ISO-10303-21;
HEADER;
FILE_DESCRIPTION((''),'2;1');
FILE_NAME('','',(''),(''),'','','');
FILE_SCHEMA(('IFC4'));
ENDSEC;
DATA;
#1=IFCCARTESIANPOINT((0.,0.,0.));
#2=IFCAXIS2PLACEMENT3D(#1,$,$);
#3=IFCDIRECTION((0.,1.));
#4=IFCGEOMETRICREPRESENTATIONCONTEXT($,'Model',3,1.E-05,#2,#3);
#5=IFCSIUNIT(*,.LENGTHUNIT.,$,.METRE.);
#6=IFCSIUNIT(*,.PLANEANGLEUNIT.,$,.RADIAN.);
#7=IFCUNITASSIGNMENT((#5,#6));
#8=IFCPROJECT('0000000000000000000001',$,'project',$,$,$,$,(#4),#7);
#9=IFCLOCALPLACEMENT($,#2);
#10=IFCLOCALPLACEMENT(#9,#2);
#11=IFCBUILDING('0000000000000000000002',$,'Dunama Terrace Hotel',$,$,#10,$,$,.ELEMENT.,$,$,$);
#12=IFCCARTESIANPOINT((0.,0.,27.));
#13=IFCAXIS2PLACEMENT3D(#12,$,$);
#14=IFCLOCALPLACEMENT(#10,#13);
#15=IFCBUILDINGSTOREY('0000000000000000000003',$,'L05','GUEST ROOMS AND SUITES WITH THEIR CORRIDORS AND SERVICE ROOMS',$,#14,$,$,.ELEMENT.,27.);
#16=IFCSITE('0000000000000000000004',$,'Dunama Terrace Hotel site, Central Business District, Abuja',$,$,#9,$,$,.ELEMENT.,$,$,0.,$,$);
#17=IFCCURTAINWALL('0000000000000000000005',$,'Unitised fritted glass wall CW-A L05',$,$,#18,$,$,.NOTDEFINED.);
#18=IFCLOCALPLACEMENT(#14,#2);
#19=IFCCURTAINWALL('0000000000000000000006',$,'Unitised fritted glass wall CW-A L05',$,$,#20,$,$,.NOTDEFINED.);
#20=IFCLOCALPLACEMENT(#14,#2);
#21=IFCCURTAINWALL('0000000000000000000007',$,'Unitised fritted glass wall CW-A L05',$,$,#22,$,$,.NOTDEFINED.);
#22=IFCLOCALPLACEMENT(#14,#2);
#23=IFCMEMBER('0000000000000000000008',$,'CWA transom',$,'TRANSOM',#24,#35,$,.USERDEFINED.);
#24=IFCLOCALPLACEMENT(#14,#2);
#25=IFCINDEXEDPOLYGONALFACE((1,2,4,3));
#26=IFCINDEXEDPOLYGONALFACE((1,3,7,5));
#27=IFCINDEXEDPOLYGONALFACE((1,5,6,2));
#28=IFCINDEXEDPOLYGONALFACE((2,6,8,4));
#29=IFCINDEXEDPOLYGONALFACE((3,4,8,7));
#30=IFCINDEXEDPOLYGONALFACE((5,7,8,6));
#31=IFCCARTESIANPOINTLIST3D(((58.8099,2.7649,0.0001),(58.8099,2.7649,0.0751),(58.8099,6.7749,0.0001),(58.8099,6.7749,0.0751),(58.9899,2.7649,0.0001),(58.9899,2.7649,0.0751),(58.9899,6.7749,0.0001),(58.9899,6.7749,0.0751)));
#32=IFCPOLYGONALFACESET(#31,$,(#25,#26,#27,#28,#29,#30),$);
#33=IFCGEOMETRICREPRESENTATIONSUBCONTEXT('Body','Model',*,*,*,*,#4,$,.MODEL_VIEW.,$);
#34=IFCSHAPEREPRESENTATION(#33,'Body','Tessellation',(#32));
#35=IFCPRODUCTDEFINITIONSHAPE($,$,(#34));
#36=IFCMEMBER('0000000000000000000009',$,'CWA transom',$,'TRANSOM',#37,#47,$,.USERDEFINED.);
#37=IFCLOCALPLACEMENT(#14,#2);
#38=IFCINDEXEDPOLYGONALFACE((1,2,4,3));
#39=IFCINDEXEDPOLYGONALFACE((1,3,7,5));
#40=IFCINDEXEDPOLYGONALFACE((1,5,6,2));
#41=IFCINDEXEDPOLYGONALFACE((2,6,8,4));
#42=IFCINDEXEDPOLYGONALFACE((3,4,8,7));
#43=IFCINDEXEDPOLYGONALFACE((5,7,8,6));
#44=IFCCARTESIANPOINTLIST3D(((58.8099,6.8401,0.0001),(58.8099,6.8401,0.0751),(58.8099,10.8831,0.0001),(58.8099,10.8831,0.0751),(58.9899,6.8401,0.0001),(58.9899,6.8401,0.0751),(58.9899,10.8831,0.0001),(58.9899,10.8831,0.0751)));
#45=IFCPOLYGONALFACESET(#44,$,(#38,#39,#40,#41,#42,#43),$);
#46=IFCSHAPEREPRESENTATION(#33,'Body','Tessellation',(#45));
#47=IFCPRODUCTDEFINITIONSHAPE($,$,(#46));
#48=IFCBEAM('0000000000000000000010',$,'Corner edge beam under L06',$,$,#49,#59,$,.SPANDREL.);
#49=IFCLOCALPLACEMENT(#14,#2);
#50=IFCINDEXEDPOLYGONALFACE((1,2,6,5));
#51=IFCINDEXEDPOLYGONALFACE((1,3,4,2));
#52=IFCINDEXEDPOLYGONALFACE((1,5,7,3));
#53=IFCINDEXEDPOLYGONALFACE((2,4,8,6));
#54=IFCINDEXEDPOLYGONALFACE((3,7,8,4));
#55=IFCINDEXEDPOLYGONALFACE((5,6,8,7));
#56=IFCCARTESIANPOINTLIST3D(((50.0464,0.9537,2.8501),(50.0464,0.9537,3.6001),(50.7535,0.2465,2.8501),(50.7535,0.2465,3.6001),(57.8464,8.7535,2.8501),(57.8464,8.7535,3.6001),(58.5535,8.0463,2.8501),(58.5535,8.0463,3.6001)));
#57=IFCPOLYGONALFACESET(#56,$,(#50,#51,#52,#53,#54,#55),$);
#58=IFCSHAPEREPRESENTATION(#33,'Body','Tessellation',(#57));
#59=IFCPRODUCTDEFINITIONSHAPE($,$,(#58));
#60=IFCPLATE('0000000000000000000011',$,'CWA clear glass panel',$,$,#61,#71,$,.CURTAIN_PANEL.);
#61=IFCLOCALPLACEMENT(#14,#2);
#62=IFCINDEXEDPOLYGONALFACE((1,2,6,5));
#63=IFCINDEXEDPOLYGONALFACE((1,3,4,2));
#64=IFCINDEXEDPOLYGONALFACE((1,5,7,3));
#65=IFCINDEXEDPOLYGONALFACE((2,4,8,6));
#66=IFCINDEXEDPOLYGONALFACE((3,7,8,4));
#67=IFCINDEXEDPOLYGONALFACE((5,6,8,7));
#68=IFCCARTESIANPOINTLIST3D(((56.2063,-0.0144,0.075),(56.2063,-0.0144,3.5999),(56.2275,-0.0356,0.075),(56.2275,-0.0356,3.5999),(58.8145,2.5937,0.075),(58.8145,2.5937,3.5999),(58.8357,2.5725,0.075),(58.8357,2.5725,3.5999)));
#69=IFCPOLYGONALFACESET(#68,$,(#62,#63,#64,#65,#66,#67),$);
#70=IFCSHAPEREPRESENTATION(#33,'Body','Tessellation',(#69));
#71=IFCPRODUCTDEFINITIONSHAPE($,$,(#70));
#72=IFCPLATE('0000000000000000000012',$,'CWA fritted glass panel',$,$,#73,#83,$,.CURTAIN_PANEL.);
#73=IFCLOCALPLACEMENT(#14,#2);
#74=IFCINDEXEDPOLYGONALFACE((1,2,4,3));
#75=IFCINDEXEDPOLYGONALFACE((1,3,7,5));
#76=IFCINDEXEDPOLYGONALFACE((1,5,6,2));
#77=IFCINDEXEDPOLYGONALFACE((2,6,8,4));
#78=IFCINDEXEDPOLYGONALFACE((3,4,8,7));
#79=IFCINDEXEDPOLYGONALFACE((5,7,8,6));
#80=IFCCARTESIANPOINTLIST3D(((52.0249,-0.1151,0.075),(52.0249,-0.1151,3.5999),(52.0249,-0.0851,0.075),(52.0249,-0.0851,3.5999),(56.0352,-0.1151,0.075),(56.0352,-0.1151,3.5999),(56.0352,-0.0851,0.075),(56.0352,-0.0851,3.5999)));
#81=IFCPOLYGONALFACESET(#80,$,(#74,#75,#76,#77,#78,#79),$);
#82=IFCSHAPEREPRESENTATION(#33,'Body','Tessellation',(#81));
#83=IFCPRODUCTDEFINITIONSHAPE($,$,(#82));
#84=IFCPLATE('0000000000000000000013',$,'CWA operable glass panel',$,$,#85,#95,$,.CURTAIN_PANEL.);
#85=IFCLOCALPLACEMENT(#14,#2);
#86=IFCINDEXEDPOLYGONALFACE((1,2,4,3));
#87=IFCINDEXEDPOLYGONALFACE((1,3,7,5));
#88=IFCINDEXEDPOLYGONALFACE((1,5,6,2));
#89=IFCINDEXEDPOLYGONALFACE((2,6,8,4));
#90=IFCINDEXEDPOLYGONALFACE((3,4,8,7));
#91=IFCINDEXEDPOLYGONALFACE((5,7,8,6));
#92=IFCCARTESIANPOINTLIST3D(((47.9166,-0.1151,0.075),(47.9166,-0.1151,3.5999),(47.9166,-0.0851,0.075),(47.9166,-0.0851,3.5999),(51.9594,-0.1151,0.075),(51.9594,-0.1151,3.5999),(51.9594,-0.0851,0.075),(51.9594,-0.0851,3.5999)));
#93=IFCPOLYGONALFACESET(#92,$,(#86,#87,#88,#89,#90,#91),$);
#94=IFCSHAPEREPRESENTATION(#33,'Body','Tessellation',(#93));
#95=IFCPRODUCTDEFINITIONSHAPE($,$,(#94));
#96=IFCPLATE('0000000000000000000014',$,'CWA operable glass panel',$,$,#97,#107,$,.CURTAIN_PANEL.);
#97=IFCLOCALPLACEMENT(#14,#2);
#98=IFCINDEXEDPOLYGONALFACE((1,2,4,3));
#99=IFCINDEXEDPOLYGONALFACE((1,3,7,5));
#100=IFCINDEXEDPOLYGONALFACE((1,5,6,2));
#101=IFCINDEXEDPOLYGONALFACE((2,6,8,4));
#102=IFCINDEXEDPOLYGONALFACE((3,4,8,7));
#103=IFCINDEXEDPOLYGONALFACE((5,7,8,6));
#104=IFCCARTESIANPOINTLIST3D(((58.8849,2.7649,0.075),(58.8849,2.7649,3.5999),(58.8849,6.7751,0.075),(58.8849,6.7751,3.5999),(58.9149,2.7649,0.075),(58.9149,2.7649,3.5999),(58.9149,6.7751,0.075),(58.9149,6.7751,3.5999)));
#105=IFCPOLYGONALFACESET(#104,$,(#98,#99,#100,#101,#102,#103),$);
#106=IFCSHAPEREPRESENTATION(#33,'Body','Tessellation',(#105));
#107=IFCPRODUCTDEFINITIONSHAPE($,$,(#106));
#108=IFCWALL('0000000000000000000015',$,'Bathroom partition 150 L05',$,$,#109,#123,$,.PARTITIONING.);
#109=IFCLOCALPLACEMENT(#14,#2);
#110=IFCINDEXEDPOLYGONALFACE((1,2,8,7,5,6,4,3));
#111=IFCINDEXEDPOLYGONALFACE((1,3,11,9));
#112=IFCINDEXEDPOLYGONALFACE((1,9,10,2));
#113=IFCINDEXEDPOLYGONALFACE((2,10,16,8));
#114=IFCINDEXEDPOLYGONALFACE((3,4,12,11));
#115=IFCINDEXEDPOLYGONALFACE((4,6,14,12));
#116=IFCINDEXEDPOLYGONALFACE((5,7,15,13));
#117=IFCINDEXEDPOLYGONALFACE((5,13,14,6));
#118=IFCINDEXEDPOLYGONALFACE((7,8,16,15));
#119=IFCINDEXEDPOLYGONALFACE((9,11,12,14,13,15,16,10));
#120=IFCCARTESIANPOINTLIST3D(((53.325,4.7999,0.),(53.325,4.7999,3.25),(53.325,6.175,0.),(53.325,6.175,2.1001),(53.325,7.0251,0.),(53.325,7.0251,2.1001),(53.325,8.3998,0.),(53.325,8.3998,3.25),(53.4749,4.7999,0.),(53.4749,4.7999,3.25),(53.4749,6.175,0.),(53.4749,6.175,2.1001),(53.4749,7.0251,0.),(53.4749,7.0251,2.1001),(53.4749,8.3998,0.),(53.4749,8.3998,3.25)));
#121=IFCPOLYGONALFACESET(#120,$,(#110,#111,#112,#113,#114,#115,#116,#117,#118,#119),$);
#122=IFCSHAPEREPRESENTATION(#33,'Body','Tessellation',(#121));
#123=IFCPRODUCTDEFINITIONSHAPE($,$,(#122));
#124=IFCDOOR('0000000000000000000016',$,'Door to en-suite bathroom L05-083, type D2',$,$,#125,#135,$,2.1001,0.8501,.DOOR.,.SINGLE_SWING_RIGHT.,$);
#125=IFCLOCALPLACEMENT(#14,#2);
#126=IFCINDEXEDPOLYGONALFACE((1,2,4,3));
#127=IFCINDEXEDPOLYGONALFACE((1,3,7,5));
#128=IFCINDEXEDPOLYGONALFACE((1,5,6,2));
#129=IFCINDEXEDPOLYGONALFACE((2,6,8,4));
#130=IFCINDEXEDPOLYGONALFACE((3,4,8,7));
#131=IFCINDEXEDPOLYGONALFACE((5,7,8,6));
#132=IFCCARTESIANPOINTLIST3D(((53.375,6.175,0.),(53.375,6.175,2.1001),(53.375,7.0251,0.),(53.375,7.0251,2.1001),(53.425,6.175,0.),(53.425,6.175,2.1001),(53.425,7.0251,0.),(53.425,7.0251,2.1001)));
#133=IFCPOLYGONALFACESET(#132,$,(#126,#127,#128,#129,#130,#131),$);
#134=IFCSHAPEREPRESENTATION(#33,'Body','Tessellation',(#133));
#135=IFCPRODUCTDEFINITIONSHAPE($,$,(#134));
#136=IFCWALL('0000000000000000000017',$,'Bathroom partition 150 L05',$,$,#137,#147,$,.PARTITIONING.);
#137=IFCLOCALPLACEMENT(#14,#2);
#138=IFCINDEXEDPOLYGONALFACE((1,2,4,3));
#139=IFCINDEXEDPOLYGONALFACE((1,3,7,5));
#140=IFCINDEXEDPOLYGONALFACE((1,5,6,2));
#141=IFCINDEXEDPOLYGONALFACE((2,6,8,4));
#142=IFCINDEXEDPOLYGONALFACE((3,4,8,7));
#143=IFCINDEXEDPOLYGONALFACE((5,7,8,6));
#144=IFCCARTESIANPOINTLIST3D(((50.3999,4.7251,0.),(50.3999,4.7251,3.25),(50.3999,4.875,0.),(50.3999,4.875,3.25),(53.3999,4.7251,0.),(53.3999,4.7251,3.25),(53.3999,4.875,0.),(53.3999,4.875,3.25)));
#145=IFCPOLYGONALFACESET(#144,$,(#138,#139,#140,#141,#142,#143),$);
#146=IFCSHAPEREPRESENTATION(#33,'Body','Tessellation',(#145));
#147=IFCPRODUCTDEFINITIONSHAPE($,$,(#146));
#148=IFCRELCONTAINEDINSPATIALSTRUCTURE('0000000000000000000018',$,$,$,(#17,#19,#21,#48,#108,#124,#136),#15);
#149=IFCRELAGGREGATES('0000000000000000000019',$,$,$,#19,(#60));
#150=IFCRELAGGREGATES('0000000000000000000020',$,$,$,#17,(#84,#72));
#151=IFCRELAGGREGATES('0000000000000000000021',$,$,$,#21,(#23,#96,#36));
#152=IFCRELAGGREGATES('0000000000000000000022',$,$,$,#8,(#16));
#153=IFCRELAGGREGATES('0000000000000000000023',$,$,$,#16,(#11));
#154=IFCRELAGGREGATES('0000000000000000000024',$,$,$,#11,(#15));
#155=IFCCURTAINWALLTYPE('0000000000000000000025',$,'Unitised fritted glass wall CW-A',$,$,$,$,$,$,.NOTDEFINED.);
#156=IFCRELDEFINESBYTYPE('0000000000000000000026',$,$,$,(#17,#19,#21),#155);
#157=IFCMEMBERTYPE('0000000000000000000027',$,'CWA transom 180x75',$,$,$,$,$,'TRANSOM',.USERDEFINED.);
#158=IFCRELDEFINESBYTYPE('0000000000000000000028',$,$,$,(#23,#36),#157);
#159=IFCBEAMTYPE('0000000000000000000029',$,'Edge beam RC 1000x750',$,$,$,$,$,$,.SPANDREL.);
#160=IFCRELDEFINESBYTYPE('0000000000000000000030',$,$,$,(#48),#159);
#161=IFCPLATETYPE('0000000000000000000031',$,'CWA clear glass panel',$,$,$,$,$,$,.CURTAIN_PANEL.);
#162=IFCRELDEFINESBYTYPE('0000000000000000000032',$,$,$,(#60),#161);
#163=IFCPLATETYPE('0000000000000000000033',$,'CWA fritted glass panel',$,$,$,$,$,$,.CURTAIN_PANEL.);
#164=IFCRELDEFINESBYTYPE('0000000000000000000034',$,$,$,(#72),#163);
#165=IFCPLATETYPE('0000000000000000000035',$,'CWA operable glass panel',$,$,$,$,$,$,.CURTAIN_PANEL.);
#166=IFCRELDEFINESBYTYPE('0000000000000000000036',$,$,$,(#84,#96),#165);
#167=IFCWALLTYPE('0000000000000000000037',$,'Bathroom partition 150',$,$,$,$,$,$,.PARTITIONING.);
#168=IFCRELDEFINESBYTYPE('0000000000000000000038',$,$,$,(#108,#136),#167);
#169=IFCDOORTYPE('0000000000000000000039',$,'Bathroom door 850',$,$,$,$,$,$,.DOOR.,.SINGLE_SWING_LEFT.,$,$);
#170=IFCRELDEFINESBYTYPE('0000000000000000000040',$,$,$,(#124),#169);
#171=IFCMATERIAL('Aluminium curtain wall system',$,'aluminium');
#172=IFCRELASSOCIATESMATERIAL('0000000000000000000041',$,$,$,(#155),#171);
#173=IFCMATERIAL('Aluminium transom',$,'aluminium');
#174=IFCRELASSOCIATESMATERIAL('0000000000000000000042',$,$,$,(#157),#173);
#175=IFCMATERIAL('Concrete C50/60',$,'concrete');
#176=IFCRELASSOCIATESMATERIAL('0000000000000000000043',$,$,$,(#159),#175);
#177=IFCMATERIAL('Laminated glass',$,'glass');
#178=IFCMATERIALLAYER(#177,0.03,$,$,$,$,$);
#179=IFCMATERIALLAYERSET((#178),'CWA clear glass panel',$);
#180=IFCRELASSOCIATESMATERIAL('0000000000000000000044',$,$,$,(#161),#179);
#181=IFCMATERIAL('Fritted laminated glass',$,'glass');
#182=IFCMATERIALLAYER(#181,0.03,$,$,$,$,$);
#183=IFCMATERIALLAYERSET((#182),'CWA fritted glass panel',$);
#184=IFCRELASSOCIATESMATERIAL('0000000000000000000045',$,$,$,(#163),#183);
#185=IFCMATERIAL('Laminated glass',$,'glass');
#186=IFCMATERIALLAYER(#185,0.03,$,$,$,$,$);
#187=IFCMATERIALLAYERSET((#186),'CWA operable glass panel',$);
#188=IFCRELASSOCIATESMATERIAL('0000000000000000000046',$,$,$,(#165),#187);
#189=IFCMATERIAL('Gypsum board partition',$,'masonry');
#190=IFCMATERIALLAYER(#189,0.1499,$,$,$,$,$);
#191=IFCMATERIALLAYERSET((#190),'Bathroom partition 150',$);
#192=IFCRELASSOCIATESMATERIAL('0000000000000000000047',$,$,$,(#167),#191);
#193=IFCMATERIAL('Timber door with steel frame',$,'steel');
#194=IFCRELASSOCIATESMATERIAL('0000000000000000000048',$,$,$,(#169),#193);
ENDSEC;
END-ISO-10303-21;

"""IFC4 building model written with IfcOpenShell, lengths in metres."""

from ifc_helpers import new_model, si_unit, direction, frame, frame_2d, origin, origin_2d, place, context, subcontext, project, spatial, rectangle, extrude, material, layer, layer_set, material_profile, profile_set, type_object, element, fill, aggregate, save


model = new_model("IFC4")

# Units and contexts
model_context = context("Model", 3, precision=1e-05, world=origin(), true_north=direction((0.0, 1.0)))
body_context = subcontext(model_context, "Body", "Model", "MODEL_VIEW")
ifc_project = project(units=[si_unit("LENGTHUNIT", "METRE"), si_unit("PLANEANGLEUNIT", "RADIAN")], contexts=[model_context])

# Site, building, storey
site_placement = place(None, origin())
site = spatial("IfcSite", under=ifc_project, at=site_placement, Name="Dunama Terrace Hotel site, Central Business District, Abuja", CompositionType="ELEMENT", RefElevation=0.0)
building_placement = place(site_placement, origin())
building = spatial("IfcBuilding", under=site, at=building_placement, Name="Dunama Terrace Hotel", CompositionType="ELEMENT")
storey_placement = place(building_placement, frame((0.0, 0.0, 27.0)))
storey = spatial("IfcBuildingStorey", under=building, at=storey_placement, Name="L05", Description="GUEST ROOMS AND SUITES WITH THEIR CORRIDORS AND SERVICE ROOMS", CompositionType="ELEMENT", Elevation=27.0)

# Curtain walls
ifc_material_1 = material(Name="Aluminium curtain wall system", Category="aluminium")
curtain_wall_type = type_object("IfcCurtainWallType", Name="Unitised fritted glass wall CW-A", PredefinedType="NOTDEFINED", material=ifc_material_1)
curtain_wall_1_placement = place(storey_placement, origin())
curtain_wall_1 = element("IfcCurtainWall", 1, at=curtain_wall_1_placement, inside=storey, type_object=curtain_wall_type, Name="Unitised fritted glass wall CW-A L05", PredefinedType="NOTDEFINED")
curtain_wall_2_placement = place(storey_placement, origin())
curtain_wall_2 = element("IfcCurtainWall", 2, at=curtain_wall_2_placement, inside=storey, type_object=curtain_wall_type, Name="Unitised fritted glass wall CW-A L05", PredefinedType="NOTDEFINED")
curtain_wall_3_placement = place(storey_placement, origin())
curtain_wall_3 = element("IfcCurtainWall", 3, at=curtain_wall_3_placement, inside=storey, type_object=curtain_wall_type, Name="Unitised fritted glass wall CW-A L05", PredefinedType="NOTDEFINED")

# Members
ifc_material_2 = material(Name="Aluminium transom", Category="aluminium")
ifc_material_profile_1 = material_profile(ifc_material_2, rectangle(XDim=0.1799, YDim=0.075, at=origin_2d()), Name="CWA TRANSOM 180X75")
ifc_profile_set_1 = profile_set([ifc_material_profile_1], Name="Aluminium transom")
member_type_1 = type_object("IfcMemberType", Name="CWA transom 180x75", ElementType="TRANSOM", PredefinedType="USERDEFINED", material=ifc_profile_set_1)
member_1_placement = place(storey_placement, frame((58.8999, 2.7649, 0.0376), z_axis=(0.0, 1.0, 0.0), x_axis=(-1.0, 0.0, 0.0)))
member_1 = element("IfcMember", 4, at=member_1_placement, type_object=member_type_1, Name="CWA transom", ObjectType="TRANSOM", PredefinedType="USERDEFINED", context=body_context, shape_type="SweptSolid", body=[
    extrude(rectangle(XDim=0.1799, YDim=0.075, at=origin_2d()), origin(), (0.0, 0.0, 1.0), 4.01),
])
member_2_placement = place(storey_placement, frame((58.8999, 6.8401, 0.0376), z_axis=(0.0, 1.0, 0.0), x_axis=(-1.0, 0.0, 0.0)))
member_2 = element("IfcMember", 5, at=member_2_placement, type_object=member_type_1, Name="CWA transom", ObjectType="TRANSOM", PredefinedType="USERDEFINED", context=body_context, shape_type="SweptSolid", body=[
    extrude(rectangle(XDim=0.1799, YDim=0.075, at=origin_2d()), origin(), (0.0, 0.0, 1.0), 4.043),
])

# Beam
ifc_material_3 = material(Name="Concrete C50/60", Category="concrete")
ifc_material_profile_2 = material_profile(ifc_material_3, rectangle(XDim=1.0, YDim=0.75, at=origin_2d()), Name="RC 1000x750")
ifc_profile_set_2 = profile_set([ifc_material_profile_2], Name="Concrete C50/60")
beam_type = type_object("IfcBeamType", Name="Edge beam RC 1000x750", PredefinedType="SPANDREL", material=ifc_profile_set_2)
beam_placement = place(storey_placement, frame((50.3999, 0.6001, 3.2251), z_axis=(0.707118, 0.707096, 0.0), x_axis=(-0.707096, 0.707118, 0.0)))
element("IfcBeam", 6, at=beam_placement, inside=storey, type_object=beam_type, Name="Corner edge beam under L06", PredefinedType="SPANDREL", context=body_context, shape_type="SweptSolid", body=[
    extrude(rectangle(XDim=1.0, YDim=0.75, at=origin_2d()), origin(), (0.0, 0.0, 1.0), 11.0308),
])

# Plates
ifc_material_4 = material(Name="Laminated glass", Category="glass")
ifc_layer_1 = layer(ifc_material_4, 0.03)
ifc_layer_set_1 = layer_set([ifc_layer_1], Name="CWA clear glass panel")
plate_type_1 = type_object("IfcPlateType", Name="CWA clear glass panel", PredefinedType="CURTAIN_PANEL", material=ifc_layer_set_1)
plate_1_placement = place(storey_placement, frame((57.521, 1.2791, 0.075), z_axis=(0.0, 0.0, 1.0), x_axis=(0.707107, 0.707107, 0.0)))
plate_1 = element("IfcPlate", 7, at=plate_1_placement, type_object=plate_type_1, Name="CWA clear glass panel", PredefinedType="CURTAIN_PANEL", context=body_context, shape_type="SweptSolid", body=[
    extrude(rectangle(XDim=3.6885, YDim=0.03, at=origin_2d()), origin(), (0.0, 0.0, 1.0), 3.5249),
])
aggregate(curtain_wall_2, [plate_1])
ifc_material_5 = material(Name="Fritted laminated glass", Category="glass")
ifc_layer_2 = layer(ifc_material_5, 0.03)
ifc_layer_set_2 = layer_set([ifc_layer_2], Name="CWA fritted glass panel")
plate_type_2 = type_object("IfcPlateType", Name="CWA fritted glass panel", PredefinedType="CURTAIN_PANEL", material=ifc_layer_set_2)
plate_2_placement = place(storey_placement, frame((54.03, -0.1001, 0.075), z_axis=(0.0, 0.0, 1.0), x_axis=(1.0, 0.0, 0.0)))
plate_2 = element("IfcPlate", 8, at=plate_2_placement, type_object=plate_type_2, Name="CWA fritted glass panel", PredefinedType="CURTAIN_PANEL", context=body_context, shape_type="SweptSolid", body=[
    extrude(rectangle(XDim=4.0103, YDim=0.03, at=origin_2d()), origin(), (0.0, 0.0, 1.0), 3.5249),
])
ifc_material_6 = material(Name="Laminated glass", Category="glass")
ifc_layer_3 = layer(ifc_material_6, 0.03)
ifc_layer_set_3 = layer_set([ifc_layer_3], Name="CWA operable glass panel")
plate_type_3 = type_object("IfcPlateType", Name="CWA operable glass panel", PredefinedType="CURTAIN_PANEL", material=ifc_layer_set_3)
plate_3_placement = place(storey_placement, frame((49.938, -0.1001, 0.075), z_axis=(0.0, 0.0, 1.0), x_axis=(1.0, 0.0, 0.0)))
plate_3 = element("IfcPlate", 9, at=plate_3_placement, type_object=plate_type_3, Name="CWA operable glass panel", PredefinedType="CURTAIN_PANEL", context=body_context, shape_type="SweptSolid", body=[
    extrude(rectangle(XDim=4.0427, YDim=0.03, at=origin_2d()), origin(), (0.0, 0.0, 1.0), 3.5249),
])
aggregate(curtain_wall_1, [plate_3, plate_2])
plate_4_placement = place(storey_placement, frame((58.8999, 4.77, 0.075), z_axis=(0.0, 0.0, 1.0), x_axis=(0.0, 1.0, 0.0)))
plate_4 = element("IfcPlate", 10, at=plate_4_placement, type_object=plate_type_3, Name="CWA operable glass panel", PredefinedType="CURTAIN_PANEL", context=body_context, shape_type="SweptSolid", body=[
    extrude(rectangle(XDim=4.0103, YDim=0.03, at=origin_2d()), origin(), (0.0, 0.0, 1.0), 3.5249),
])
aggregate(curtain_wall_3, [member_1, plate_4, member_2])

# Wall, opening, door
ifc_material_7 = material(Name="Gypsum board partition", Category="masonry")
ifc_layer_4 = layer(ifc_material_7, 0.1499)
ifc_layer_set_4 = layer_set([ifc_layer_4], Name="Bathroom partition 150")
wall_type_1 = type_object("IfcWallType", Name="Bathroom partition 150", PredefinedType="PARTITIONING", material=ifc_layer_set_4)
wall_1_placement = place(storey_placement, frame((53.3999, 4.8, 0.0), z_axis=(0.0, 0.0, 1.0), x_axis=(0.0, 1.0, 0.0)))
wall_1 = element("IfcWall", 11, at=wall_1_placement, inside=storey, type_object=wall_type_1, Name="Bathroom partition 150 L05", PredefinedType="PARTITIONING", context=body_context, shape_type="SweptSolid", body=[
    extrude(rectangle(XDim=3.5999, YDim=0.1499, at=frame_2d((1.7998, 0.0))), origin(), (0.0, 0.0, 1.0), 3.25),
])
opening_1_placement = place(wall_1_placement, frame((1.375, 0.0, 0.0)))
opening_1 = element("IfcOpeningElement", 12, at=opening_1_placement, cuts=wall_1, PredefinedType="OPENING", context=body_context, shape_type="SweptSolid", body=[
    extrude(rectangle(XDim=0.8501, YDim=2.1001, at=frame_2d((0.425, 1.05))), frame((0.0, 0.085, 0.0), z_axis=(0.0, -1.0, 0.0), x_axis=(1.0, 0.0, 0.0)), (0.0, 0.0, 1.0), 0.1699),
])
ifc_material_8 = material(Name="Timber door with steel frame", Category="steel")
door_type_1 = type_object("IfcDoorType", Name="Bathroom door 850", OperationType="SINGLE_SWING_LEFT", PredefinedType="DOOR", material=ifc_material_8)
door_1_placement = place(opening_1_placement, origin())
door_1 = element("IfcDoor", 13, at=door_1_placement, inside=storey, type_object=door_type_1, Name="Door to en-suite bathroom L05-083, type D2", OperationType="SINGLE_SWING_RIGHT", OverallHeight=2.1001, OverallWidth=0.8501, PredefinedType="DOOR", context=body_context, shape_type="SweptSolid", body=[
    extrude(rectangle(XDim=0.8501, YDim=2.1001, at=frame_2d((0.425, 1.05))), frame((0.0, 0.0249, 0.0), z_axis=(0.0, -1.0, 0.0), x_axis=(1.0, 0.0, 0.0)), (0.0, 0.0, 1.0), 0.05),
])
fill(opening_1, door_1)

# Wall
wall_2_placement = place(storey_placement, frame((50.3999, 4.8, 0.0), z_axis=(0.0, 0.0, 1.0), x_axis=(1.0, 0.0, 0.0)))
element("IfcWall", 14, at=wall_2_placement, inside=storey, type_object=wall_type_1, Name="Bathroom partition 150 L05", PredefinedType="PARTITIONING", context=body_context, shape_type="SweptSolid", body=[
    extrude(rectangle(XDim=3.0, YDim=0.1499, at=frame_2d((1.5, 0.0))), origin(), (0.0, 0.0, 1.0), 3.25),
])

save(model, "model.ifc")
